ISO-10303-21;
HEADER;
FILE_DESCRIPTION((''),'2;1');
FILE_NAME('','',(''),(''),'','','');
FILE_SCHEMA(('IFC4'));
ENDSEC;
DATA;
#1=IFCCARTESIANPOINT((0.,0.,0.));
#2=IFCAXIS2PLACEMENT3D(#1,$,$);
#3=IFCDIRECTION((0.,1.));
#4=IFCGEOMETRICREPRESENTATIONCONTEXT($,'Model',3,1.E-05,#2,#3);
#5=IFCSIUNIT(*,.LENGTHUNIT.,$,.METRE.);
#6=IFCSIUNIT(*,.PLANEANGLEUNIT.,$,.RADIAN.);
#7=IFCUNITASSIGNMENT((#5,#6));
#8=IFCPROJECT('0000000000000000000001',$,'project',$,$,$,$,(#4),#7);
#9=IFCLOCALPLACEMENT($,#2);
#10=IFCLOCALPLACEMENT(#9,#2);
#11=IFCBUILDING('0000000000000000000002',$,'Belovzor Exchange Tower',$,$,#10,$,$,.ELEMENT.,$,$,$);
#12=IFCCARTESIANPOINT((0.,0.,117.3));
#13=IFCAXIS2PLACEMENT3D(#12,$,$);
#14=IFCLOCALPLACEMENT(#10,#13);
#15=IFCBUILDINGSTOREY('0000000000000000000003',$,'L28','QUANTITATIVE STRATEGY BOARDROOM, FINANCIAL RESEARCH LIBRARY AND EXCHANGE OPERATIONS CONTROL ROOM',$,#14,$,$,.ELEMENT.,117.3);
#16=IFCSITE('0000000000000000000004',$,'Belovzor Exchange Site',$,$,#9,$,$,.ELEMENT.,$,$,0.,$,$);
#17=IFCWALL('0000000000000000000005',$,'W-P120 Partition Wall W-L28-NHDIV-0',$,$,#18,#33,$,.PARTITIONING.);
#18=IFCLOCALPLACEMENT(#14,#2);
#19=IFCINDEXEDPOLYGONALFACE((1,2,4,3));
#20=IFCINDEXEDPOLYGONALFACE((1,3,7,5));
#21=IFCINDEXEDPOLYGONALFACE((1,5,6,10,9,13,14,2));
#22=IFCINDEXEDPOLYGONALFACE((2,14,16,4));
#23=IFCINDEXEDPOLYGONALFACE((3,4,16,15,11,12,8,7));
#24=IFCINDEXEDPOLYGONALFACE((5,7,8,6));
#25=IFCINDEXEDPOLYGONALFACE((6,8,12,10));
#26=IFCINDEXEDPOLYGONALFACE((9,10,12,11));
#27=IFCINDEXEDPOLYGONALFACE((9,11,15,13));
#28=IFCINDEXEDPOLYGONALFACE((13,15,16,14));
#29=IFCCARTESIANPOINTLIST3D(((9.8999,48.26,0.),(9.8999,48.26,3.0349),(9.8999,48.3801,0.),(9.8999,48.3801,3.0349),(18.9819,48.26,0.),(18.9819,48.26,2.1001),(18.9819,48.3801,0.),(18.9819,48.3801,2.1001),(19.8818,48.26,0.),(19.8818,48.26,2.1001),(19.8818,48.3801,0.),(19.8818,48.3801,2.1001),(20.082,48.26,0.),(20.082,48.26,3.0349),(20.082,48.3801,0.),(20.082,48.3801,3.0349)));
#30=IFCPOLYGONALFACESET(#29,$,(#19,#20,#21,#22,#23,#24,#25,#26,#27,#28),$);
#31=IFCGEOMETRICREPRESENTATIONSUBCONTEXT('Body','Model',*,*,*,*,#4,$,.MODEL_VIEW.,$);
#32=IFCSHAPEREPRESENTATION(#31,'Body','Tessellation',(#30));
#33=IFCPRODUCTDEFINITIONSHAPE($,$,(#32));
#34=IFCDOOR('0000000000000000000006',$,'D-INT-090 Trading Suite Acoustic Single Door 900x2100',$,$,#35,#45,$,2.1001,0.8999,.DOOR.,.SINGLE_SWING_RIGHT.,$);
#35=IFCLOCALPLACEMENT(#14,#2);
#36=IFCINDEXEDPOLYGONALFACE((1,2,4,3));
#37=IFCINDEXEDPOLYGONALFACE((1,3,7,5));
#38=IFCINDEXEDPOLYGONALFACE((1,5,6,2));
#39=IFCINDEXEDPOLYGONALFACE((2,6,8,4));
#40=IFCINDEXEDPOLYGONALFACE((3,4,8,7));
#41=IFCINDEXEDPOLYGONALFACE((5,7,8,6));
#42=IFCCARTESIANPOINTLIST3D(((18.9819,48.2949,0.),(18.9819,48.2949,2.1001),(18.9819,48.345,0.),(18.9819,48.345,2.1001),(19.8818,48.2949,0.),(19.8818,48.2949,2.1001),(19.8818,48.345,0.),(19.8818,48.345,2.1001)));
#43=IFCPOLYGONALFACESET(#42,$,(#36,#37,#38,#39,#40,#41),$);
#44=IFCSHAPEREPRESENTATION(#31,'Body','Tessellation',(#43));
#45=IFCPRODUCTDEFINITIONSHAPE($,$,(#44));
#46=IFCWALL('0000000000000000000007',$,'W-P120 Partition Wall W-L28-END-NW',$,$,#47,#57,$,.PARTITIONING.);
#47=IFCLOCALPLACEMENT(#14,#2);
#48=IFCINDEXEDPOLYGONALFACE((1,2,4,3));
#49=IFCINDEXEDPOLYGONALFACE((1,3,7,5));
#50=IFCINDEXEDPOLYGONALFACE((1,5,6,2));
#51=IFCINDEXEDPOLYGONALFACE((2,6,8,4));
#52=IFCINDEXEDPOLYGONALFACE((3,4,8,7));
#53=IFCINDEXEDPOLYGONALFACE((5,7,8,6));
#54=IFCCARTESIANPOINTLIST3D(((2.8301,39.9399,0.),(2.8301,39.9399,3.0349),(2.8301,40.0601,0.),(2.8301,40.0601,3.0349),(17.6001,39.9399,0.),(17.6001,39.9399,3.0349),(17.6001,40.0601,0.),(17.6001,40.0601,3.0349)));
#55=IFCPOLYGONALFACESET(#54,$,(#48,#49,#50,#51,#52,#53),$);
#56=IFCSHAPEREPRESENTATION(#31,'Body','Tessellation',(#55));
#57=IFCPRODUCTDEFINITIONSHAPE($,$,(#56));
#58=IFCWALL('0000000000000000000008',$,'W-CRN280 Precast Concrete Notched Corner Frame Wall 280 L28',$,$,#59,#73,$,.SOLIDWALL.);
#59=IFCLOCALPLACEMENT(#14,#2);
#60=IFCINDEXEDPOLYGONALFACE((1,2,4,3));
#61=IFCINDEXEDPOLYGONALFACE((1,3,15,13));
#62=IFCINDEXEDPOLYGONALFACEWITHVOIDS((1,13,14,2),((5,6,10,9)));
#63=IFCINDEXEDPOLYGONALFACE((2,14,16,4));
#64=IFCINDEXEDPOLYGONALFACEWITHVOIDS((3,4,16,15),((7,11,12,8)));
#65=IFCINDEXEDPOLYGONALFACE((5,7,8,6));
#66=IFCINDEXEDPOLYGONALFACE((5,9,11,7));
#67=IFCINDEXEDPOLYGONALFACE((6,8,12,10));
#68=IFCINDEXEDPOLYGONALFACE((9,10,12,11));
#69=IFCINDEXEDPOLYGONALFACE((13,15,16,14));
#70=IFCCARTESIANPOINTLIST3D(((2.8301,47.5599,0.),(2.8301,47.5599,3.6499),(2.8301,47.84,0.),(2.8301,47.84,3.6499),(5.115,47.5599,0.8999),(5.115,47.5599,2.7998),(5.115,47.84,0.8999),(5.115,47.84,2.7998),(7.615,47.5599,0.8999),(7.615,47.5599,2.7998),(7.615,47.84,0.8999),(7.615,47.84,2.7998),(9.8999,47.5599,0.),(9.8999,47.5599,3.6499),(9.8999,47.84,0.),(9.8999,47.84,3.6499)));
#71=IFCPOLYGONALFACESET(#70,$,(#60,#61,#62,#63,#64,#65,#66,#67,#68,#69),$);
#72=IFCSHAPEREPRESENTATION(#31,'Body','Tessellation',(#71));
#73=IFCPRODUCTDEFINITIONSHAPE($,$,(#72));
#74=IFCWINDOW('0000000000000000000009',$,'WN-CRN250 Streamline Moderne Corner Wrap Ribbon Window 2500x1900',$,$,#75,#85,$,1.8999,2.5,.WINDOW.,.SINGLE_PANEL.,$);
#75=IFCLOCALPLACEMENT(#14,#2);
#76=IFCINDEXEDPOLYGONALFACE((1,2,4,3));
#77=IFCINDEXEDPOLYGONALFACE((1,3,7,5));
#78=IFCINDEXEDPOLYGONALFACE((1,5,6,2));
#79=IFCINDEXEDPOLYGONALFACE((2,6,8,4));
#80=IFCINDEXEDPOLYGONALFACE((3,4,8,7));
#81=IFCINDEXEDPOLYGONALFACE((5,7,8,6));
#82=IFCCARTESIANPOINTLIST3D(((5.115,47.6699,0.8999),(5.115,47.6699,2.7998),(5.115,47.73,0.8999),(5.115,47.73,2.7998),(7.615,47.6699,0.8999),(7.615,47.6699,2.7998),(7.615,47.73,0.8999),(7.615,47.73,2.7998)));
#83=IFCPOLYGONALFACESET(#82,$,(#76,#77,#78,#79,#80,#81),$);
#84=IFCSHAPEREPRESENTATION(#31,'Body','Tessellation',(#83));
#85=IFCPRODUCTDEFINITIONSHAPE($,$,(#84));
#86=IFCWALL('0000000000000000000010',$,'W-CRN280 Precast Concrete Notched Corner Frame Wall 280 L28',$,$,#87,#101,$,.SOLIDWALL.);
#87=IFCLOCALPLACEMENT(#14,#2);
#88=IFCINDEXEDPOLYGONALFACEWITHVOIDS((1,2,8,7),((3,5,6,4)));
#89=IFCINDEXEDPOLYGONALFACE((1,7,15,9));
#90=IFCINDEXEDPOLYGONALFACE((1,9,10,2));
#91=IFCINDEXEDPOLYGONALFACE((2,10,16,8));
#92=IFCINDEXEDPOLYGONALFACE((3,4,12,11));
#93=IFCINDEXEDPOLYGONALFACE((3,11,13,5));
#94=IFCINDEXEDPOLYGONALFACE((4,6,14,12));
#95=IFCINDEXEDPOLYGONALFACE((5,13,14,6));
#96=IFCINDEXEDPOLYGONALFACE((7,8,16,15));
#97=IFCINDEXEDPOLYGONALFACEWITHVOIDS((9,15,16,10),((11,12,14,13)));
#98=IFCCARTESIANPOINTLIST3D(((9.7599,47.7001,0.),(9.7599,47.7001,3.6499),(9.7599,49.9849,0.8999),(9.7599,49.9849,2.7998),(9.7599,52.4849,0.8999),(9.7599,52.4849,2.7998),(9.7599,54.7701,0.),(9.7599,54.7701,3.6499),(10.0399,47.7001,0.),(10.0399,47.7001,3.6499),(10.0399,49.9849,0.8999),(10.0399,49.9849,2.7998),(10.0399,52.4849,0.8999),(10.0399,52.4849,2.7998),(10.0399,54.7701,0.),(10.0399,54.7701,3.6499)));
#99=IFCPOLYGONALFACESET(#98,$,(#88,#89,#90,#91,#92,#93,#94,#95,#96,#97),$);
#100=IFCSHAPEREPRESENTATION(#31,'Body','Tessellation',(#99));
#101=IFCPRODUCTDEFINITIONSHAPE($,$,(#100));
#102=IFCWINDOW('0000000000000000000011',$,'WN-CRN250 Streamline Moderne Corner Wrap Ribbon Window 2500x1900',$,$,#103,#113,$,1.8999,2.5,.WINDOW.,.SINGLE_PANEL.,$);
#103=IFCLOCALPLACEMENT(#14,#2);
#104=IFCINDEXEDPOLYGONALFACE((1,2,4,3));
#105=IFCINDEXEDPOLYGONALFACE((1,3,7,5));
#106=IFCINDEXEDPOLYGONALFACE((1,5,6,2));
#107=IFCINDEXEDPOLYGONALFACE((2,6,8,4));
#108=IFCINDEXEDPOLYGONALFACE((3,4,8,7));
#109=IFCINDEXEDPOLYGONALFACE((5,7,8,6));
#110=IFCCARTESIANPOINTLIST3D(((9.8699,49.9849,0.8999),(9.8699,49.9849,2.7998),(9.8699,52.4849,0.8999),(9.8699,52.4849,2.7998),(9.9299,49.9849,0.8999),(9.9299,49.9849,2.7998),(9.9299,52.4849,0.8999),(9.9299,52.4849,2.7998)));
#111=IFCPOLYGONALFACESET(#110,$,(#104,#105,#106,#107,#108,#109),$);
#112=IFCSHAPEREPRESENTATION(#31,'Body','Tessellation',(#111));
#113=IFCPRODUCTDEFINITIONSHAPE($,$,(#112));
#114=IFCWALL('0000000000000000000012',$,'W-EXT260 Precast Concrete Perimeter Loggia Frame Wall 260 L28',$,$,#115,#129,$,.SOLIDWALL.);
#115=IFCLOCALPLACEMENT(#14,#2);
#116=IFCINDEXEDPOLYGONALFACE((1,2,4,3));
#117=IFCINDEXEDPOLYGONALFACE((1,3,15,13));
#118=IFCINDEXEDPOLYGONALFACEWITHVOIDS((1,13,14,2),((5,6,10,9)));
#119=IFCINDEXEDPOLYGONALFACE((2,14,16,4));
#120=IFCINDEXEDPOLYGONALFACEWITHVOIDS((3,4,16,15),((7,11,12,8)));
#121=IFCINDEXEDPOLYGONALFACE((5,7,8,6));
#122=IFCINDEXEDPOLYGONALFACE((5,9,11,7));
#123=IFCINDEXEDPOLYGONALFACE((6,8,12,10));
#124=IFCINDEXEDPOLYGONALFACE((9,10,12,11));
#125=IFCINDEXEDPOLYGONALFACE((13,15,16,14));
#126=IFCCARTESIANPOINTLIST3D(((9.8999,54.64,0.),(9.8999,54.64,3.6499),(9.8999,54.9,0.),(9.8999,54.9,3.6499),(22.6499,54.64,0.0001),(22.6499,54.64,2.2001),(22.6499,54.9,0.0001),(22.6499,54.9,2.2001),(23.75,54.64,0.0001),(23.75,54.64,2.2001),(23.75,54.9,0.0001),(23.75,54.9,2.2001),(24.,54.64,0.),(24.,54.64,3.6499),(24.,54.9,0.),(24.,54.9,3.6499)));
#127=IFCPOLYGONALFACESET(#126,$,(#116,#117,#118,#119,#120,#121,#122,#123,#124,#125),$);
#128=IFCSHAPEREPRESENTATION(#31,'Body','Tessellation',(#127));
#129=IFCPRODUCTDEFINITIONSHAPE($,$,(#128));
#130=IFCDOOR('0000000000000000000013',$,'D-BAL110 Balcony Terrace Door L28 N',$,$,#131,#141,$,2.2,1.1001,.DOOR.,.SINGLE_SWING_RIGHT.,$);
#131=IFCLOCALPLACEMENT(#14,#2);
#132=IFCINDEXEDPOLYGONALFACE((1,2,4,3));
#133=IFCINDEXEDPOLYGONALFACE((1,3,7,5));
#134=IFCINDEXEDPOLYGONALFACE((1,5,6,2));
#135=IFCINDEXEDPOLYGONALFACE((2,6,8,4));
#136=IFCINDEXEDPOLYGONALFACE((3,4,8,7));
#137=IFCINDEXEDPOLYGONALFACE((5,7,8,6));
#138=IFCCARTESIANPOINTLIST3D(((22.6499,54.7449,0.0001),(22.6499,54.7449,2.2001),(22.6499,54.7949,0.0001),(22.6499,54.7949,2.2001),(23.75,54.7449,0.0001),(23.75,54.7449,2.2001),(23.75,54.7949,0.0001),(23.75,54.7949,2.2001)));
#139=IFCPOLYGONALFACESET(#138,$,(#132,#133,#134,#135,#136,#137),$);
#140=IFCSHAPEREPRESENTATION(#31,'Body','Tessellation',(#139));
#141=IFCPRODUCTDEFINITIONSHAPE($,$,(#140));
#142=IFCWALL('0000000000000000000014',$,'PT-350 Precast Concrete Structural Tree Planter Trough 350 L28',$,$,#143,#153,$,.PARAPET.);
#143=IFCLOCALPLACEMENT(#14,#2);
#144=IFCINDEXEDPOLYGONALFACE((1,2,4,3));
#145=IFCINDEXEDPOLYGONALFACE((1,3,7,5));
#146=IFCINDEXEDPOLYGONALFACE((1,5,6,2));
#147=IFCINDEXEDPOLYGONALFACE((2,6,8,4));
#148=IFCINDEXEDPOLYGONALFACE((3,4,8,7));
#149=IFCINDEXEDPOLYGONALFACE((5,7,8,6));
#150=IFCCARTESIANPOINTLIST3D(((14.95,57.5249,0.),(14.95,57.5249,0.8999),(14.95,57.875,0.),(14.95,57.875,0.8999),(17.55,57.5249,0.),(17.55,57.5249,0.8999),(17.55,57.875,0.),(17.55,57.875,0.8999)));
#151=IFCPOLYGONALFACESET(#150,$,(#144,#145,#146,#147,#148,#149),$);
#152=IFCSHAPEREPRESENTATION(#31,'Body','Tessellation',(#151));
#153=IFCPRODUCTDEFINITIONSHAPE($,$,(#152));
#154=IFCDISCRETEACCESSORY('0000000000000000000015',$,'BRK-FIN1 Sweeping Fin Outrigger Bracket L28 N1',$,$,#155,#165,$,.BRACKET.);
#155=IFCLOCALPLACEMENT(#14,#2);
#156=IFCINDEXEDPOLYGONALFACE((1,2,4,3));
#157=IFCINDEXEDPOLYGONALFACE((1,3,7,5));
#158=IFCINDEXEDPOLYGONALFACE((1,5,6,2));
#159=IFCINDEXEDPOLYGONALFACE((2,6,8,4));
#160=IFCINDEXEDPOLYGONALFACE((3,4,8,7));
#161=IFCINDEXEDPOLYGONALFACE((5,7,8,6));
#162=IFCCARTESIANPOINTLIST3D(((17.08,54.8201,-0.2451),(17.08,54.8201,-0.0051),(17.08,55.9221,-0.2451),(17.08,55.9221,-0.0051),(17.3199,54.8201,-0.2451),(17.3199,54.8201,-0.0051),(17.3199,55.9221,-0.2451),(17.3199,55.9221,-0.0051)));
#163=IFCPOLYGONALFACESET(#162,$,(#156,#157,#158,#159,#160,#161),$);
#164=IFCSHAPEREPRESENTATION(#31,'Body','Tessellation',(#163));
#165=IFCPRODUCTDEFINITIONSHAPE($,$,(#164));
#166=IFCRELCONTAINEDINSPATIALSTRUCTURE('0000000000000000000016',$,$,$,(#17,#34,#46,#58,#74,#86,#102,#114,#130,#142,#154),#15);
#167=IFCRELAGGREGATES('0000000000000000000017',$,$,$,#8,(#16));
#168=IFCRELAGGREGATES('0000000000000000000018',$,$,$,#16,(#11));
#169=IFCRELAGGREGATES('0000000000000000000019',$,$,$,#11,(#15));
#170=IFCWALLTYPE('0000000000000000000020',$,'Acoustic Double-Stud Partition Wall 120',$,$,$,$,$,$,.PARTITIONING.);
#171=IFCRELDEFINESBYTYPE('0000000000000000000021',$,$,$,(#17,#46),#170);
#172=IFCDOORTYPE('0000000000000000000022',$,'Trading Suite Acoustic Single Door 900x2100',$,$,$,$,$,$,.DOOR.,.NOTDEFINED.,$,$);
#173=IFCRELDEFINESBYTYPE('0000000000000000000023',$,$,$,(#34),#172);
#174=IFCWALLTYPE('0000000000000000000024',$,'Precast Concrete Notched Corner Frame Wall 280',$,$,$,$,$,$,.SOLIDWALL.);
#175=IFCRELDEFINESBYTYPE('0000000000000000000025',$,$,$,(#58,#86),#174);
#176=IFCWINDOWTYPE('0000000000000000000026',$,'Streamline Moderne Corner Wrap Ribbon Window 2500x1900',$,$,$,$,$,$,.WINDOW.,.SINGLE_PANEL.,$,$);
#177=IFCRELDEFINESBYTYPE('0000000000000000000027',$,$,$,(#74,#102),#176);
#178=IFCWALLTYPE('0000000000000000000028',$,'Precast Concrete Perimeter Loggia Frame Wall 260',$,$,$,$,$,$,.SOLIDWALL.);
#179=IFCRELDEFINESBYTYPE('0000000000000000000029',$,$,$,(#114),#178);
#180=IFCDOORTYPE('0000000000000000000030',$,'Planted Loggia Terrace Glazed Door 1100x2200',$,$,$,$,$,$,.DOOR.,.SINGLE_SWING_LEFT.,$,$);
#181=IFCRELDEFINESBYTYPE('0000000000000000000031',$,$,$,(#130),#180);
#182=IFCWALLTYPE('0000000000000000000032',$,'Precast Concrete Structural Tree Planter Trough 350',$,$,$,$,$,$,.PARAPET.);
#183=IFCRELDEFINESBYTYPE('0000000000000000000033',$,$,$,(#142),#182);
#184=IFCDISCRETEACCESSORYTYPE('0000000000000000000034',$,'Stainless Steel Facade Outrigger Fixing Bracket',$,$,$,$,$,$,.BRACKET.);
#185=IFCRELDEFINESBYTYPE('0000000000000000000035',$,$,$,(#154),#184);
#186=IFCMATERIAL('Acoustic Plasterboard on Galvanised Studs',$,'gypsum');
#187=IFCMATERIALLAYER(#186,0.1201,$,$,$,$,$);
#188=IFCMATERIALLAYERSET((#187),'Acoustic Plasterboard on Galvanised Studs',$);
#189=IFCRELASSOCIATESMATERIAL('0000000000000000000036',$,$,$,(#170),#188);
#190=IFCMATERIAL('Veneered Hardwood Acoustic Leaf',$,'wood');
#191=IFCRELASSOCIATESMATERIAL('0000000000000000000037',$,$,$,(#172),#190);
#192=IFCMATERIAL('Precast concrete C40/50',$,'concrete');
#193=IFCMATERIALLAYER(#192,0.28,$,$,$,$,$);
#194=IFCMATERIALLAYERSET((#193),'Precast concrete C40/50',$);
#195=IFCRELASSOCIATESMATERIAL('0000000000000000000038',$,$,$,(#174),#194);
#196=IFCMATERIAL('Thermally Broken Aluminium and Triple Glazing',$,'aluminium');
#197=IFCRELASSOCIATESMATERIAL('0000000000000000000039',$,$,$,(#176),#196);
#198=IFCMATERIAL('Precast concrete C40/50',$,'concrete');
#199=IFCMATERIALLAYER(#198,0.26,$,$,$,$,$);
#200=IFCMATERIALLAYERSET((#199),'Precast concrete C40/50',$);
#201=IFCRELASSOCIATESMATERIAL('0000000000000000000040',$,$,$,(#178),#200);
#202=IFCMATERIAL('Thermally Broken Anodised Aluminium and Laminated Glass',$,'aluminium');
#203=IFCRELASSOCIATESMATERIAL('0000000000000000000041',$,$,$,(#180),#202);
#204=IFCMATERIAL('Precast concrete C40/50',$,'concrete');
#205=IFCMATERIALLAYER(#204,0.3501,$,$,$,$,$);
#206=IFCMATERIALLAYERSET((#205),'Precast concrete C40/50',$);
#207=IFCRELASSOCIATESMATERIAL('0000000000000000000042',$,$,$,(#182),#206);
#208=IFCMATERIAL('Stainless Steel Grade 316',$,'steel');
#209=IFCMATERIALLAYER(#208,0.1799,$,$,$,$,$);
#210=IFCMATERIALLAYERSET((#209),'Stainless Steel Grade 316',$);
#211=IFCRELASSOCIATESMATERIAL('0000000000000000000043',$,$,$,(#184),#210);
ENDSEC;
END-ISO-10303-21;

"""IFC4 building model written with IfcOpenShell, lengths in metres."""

from ifc_helpers import new_model, si_unit, direction, frame, frame_2d, origin, origin_2d, place, context, subcontext, project, spatial, rectangle, extrude, material, layer, layer_set, type_object, element, fill, save


model = new_model("IFC4")

# Units and contexts
model_context = context("Model", 3, precision=1e-05, world=origin(), true_north=direction((0.0, 1.0)))
body_context = subcontext(model_context, "Body", "Model", "MODEL_VIEW")
ifc_project = project(units=[si_unit("LENGTHUNIT", "METRE"), si_unit("PLANEANGLEUNIT", "RADIAN")], contexts=[model_context])

# Site, building, storey
site_placement = place(None, origin())
site = spatial("IfcSite", under=ifc_project, at=site_placement, Name="Belovzor Exchange Site", CompositionType="ELEMENT", RefElevation=0.0)
building_placement = place(site_placement, origin())
building = spatial("IfcBuilding", under=site, at=building_placement, Name="Belovzor Exchange Tower", CompositionType="ELEMENT")
storey_placement = place(building_placement, frame((0.0, 0.0, 117.3)))
storey = spatial("IfcBuildingStorey", under=building, at=storey_placement, Name="L28", Description="QUANTITATIVE STRATEGY BOARDROOM, FINANCIAL RESEARCH LIBRARY AND EXCHANGE OPERATIONS CONTROL ROOM", CompositionType="ELEMENT", Elevation=117.3)

# Wall, opening, door
ifc_material_1 = material(Name="Acoustic Plasterboard on Galvanised Studs", Category="gypsum")
ifc_layer_1 = layer(ifc_material_1, 0.1201)
ifc_layer_set_1 = layer_set([ifc_layer_1], Name="Acoustic Plasterboard on Galvanised Studs")
wall_type_1 = type_object("IfcWallType", Name="Acoustic Double-Stud Partition Wall 120", PredefinedType="PARTITIONING", material=ifc_layer_set_1)
wall_1_placement = place(storey_placement, frame((9.8999, 48.3201, 0.0), z_axis=(0.0, 0.0, 1.0), x_axis=(1.0, 0.0, 0.0)))
wall_1 = element("IfcWall", 1, at=wall_1_placement, inside=storey, type_object=wall_type_1, Name="W-P120 Partition Wall W-L28-NHDIV-0", PredefinedType="PARTITIONING", context=body_context, shape_type="SweptSolid", body=[
    extrude(rectangle(XDim=10.1821, YDim=0.1201, at=frame_2d((5.0911, 0.0))), origin(), (0.0, 0.0, 1.0), 3.0349),
])
opening_1_placement = place(wall_1_placement, frame((9.082, 0.0, 0.0)))
opening_1 = element("IfcOpeningElement", 2, at=opening_1_placement, cuts=wall_1, PredefinedType="OPENING", context=body_context, shape_type="SweptSolid", body=[
    extrude(rectangle(XDim=0.8999, YDim=2.1001, at=frame_2d((0.45, 1.05))), frame((0.0, 0.0701, 0.0), z_axis=(0.0, -1.0, 0.0), x_axis=(1.0, 0.0, 0.0)), (0.0, 0.0, 1.0), 0.1401),
])
ifc_material_2 = material(Name="Veneered Hardwood Acoustic Leaf", Category="wood")
door_type_1 = type_object("IfcDoorType", Name="Trading Suite Acoustic Single Door 900x2100", OperationType="NOTDEFINED", PredefinedType="DOOR", material=ifc_material_2)
door_1_placement = place(opening_1_placement, origin())
door_1 = element("IfcDoor", 3, at=door_1_placement, inside=storey, type_object=door_type_1, Name="D-INT-090 Trading Suite Acoustic Single Door 900x2100", OperationType="SINGLE_SWING_RIGHT", OverallHeight=2.1001, OverallWidth=0.8999, PredefinedType="DOOR", context=body_context, shape_type="SweptSolid", body=[
    extrude(rectangle(XDim=0.8999, YDim=2.1001, at=frame_2d((0.45, 1.05))), frame((0.0, 0.0249, 0.0), z_axis=(0.0, -1.0, 0.0), x_axis=(1.0, 0.0, 0.0)), (0.0, 0.0, 1.0), 0.05),
])
fill(opening_1, door_1)

# Wall
wall_2_placement = place(storey_placement, frame((2.8301, 40.0, 0.0), z_axis=(0.0, 0.0, 1.0), x_axis=(1.0, 0.0, 0.0)))
element("IfcWall", 4, at=wall_2_placement, inside=storey, type_object=wall_type_1, Name="W-P120 Partition Wall W-L28-END-NW", PredefinedType="PARTITIONING", context=body_context, shape_type="SweptSolid", body=[
    extrude(rectangle(XDim=14.77, YDim=0.1201, at=frame_2d((7.385, 0.0))), origin(), (0.0, 0.0, 1.0), 3.0349),
])

# Walls, openings, windows
ifc_material_3 = material(Name="Precast concrete C40/50", Category="concrete")
ifc_layer_2 = layer(ifc_material_3, 0.28)
ifc_layer_set_2 = layer_set([ifc_layer_2], Name="Precast concrete C40/50")
wall_type_2 = type_object("IfcWallType", Name="Precast Concrete Notched Corner Frame Wall 280", PredefinedType="SOLIDWALL", material=ifc_layer_set_2)
wall_3_placement = place(storey_placement, frame((2.8301, 47.7, 0.0), z_axis=(0.0, 0.0, 1.0), x_axis=(1.0, 0.0, 0.0)))
wall_3 = element("IfcWall", 5, at=wall_3_placement, inside=storey, type_object=wall_type_2, Name="W-CRN280 Precast Concrete Notched Corner Frame Wall 280 L28", PredefinedType="SOLIDWALL", context=body_context, shape_type="SweptSolid", body=[
    extrude(rectangle(XDim=7.0698, YDim=0.28, at=frame_2d((3.5349, 0.0))), origin(), (0.0, 0.0, 1.0), 3.6499),
])
opening_2_placement = place(wall_3_placement, frame((2.2849, 0.0, 0.8999)))
opening_2 = element("IfcOpeningElement", 6, at=opening_2_placement, cuts=wall_3, PredefinedType="OPENING", context=body_context, shape_type="SweptSolid", body=[
    extrude(rectangle(XDim=2.5, YDim=1.8999, at=frame_2d((1.25, 0.95))), frame((0.0, 0.1499, 0.0), z_axis=(0.0, -1.0, 0.0), x_axis=(1.0, 0.0, 0.0)), (0.0, 0.0, 1.0), 0.3),
])
ifc_material_4 = material(Name="Thermally Broken Aluminium and Triple Glazing", Category="aluminium")
window_type = type_object("IfcWindowType", Name="Streamline Moderne Corner Wrap Ribbon Window 2500x1900", PartitioningType="SINGLE_PANEL", PredefinedType="WINDOW", material=ifc_material_4)
window_1_placement = place(opening_2_placement, origin())
window_1 = element("IfcWindow", 7, at=window_1_placement, inside=storey, type_object=window_type, Name="WN-CRN250 Streamline Moderne Corner Wrap Ribbon Window 2500x1900", OverallHeight=1.8999, OverallWidth=2.5, PartitioningType="SINGLE_PANEL", PredefinedType="WINDOW", context=body_context, shape_type="SweptSolid", body=[
    extrude(rectangle(XDim=2.5, YDim=1.8999, at=frame_2d((1.25, 0.95))), frame((0.0, 0.03, 0.0), z_axis=(0.0, -1.0, 0.0), x_axis=(1.0, 0.0, 0.0)), (0.0, 0.0, 1.0), 0.0601),
])
fill(opening_2, window_1)
wall_4_placement = place(storey_placement, frame((9.8999, 47.7, 0.0), z_axis=(0.0, 0.0, 1.0), x_axis=(0.0, 1.0, 0.0)))
wall_4 = element("IfcWall", 8, at=wall_4_placement, inside=storey, type_object=wall_type_2, Name="W-CRN280 Precast Concrete Notched Corner Frame Wall 280 L28", PredefinedType="SOLIDWALL", context=body_context, shape_type="SweptSolid", body=[
    extrude(rectangle(XDim=7.0701, YDim=0.28, at=frame_2d((3.5352, 0.0))), origin(), (0.0, 0.0, 1.0), 3.6499),
])
opening_3_placement = place(wall_4_placement, frame((2.2849, 0.0, 0.8999)))
opening_3 = element("IfcOpeningElement", 9, at=opening_3_placement, cuts=wall_4, PredefinedType="OPENING", context=body_context, shape_type="SweptSolid", body=[
    extrude(rectangle(XDim=2.5, YDim=1.8999, at=frame_2d((1.25, 0.95))), frame((0.0, 0.1499, 0.0), z_axis=(0.0, -1.0, 0.0), x_axis=(1.0, 0.0, 0.0)), (0.0, 0.0, 1.0), 0.3),
])
window_2_placement = place(opening_3_placement, origin())
window_2 = element("IfcWindow", 10, at=window_2_placement, inside=storey, type_object=window_type, Name="WN-CRN250 Streamline Moderne Corner Wrap Ribbon Window 2500x1900", OverallHeight=1.8999, OverallWidth=2.5, PartitioningType="SINGLE_PANEL", PredefinedType="WINDOW", context=body_context, shape_type="SweptSolid", body=[
    extrude(rectangle(XDim=2.5, YDim=1.8999, at=frame_2d((1.25, 0.95))), frame((0.0, 0.03, 0.0), z_axis=(0.0, -1.0, 0.0), x_axis=(1.0, 0.0, 0.0)), (0.0, 0.0, 1.0), 0.0601),
])
fill(opening_3, window_2)

# Wall, opening, door
ifc_material_5 = material(Name="Precast concrete C40/50", Category="concrete")
ifc_layer_3 = layer(ifc_material_5, 0.26)
ifc_layer_set_3 = layer_set([ifc_layer_3], Name="Precast concrete C40/50")
wall_type_3 = type_object("IfcWallType", Name="Precast Concrete Perimeter Loggia Frame Wall 260", PredefinedType="SOLIDWALL", material=ifc_layer_set_3)
wall_5_placement = place(storey_placement, frame((9.8999, 54.77, 0.0), z_axis=(0.0, 0.0, 1.0), x_axis=(1.0, 0.0, 0.0)))
wall_5 = element("IfcWall", 11, at=wall_5_placement, inside=storey, type_object=wall_type_3, Name="W-EXT260 Precast Concrete Perimeter Loggia Frame Wall 260 L28", PredefinedType="SOLIDWALL", context=body_context, shape_type="SweptSolid", body=[
    extrude(rectangle(XDim=14.1001, YDim=0.26, at=frame_2d((7.05, 0.0))), origin(), (0.0, 0.0, 1.0), 3.6499),
])
opening_4_placement = place(wall_5_placement, frame((12.75, 0.0, 0.0)))
opening_4 = element("IfcOpeningElement", 12, at=opening_4_placement, cuts=wall_5, PredefinedType="OPENING", context=body_context, shape_type="SweptSolid", body=[
    extrude(rectangle(XDim=1.1001, YDim=2.2, at=frame_2d((0.55, 1.1001))), frame((0.0, 0.1399, 0.0), z_axis=(0.0, -1.0, 0.0), x_axis=(1.0, 0.0, 0.0)), (0.0, 0.0, 1.0), 0.28),
])
ifc_material_6 = material(Name="Thermally Broken Anodised Aluminium and Laminated Glass", Category="aluminium")
door_type_2 = type_object("IfcDoorType", Name="Planted Loggia Terrace Glazed Door 1100x2200", OperationType="SINGLE_SWING_LEFT", PredefinedType="DOOR", material=ifc_material_6)
door_2_placement = place(opening_4_placement, origin())
door_2 = element("IfcDoor", 13, at=door_2_placement, inside=storey, type_object=door_type_2, Name="D-BAL110 Balcony Terrace Door L28 N", OperationType="SINGLE_SWING_RIGHT", OverallHeight=2.2, OverallWidth=1.1001, PredefinedType="DOOR", context=body_context, shape_type="SweptSolid", body=[
    extrude(rectangle(XDim=1.1001, YDim=2.2, at=frame_2d((0.55, 1.1001))), frame((0.0, 0.0249, 0.0), z_axis=(0.0, -1.0, 0.0), x_axis=(1.0, 0.0, 0.0)), (0.0, 0.0, 1.0), 0.05),
])
fill(opening_4, door_2)

# Wall
ifc_material_7 = material(Name="Precast concrete C40/50", Category="concrete")
ifc_layer_4 = layer(ifc_material_7, 0.3501)
ifc_layer_set_4 = layer_set([ifc_layer_4], Name="Precast concrete C40/50")
wall_type_4 = type_object("IfcWallType", Name="Precast Concrete Structural Tree Planter Trough 350", PredefinedType="PARAPET", material=ifc_layer_set_4)
wall_6_placement = place(storey_placement, frame((14.95, 57.7, 0.0), z_axis=(0.0, 0.0, 1.0), x_axis=(1.0, 0.0, 0.0)))
element("IfcWall", 14, at=wall_6_placement, inside=storey, type_object=wall_type_4, Name="PT-350 Precast Concrete Structural Tree Planter Trough 350 L28", PredefinedType="PARAPET", context=body_context, shape_type="SweptSolid", body=[
    extrude(rectangle(XDim=2.6001, YDim=0.3501, at=frame_2d((1.3, 0.0))), origin(), (0.0, 0.0, 1.0), 0.8999),
])

# Discrete accessory
ifc_material_8 = material(Name="Stainless Steel Grade 316", Category="steel")
ifc_layer_5 = layer(ifc_material_8, 0.1799)
ifc_layer_set_5 = layer_set([ifc_layer_5], Name="Stainless Steel Grade 316")
discrete_accessory_type = type_object("IfcDiscreteAccessoryType", Name="Stainless Steel Facade Outrigger Fixing Bracket", PredefinedType="BRACKET", material=ifc_layer_set_5)
for number, where, z_axis, x_axis, name in (
    (15, (17.2, 55.3711, -0.2451), (0.0, 0.0, 1.0), (0.0, 1.0, 0.0), "BRK-FIN1 Sweeping Fin Outrigger Bracket L28 N1"),
):
    element("IfcDiscreteAccessory", number, at=place(storey_placement, frame(where, z_axis=z_axis, x_axis=x_axis)), inside=storey, type_object=discrete_accessory_type, Name=name, PredefinedType="BRACKET", context=body_context, shape_type="SweptSolid", body=[
        extrude(rectangle(XDim=1.1021, YDim=0.24, at=origin_2d()), origin(), (0.0, 0.0, 1.0), 0.24),
    ])

save(model, "model.ifc")
